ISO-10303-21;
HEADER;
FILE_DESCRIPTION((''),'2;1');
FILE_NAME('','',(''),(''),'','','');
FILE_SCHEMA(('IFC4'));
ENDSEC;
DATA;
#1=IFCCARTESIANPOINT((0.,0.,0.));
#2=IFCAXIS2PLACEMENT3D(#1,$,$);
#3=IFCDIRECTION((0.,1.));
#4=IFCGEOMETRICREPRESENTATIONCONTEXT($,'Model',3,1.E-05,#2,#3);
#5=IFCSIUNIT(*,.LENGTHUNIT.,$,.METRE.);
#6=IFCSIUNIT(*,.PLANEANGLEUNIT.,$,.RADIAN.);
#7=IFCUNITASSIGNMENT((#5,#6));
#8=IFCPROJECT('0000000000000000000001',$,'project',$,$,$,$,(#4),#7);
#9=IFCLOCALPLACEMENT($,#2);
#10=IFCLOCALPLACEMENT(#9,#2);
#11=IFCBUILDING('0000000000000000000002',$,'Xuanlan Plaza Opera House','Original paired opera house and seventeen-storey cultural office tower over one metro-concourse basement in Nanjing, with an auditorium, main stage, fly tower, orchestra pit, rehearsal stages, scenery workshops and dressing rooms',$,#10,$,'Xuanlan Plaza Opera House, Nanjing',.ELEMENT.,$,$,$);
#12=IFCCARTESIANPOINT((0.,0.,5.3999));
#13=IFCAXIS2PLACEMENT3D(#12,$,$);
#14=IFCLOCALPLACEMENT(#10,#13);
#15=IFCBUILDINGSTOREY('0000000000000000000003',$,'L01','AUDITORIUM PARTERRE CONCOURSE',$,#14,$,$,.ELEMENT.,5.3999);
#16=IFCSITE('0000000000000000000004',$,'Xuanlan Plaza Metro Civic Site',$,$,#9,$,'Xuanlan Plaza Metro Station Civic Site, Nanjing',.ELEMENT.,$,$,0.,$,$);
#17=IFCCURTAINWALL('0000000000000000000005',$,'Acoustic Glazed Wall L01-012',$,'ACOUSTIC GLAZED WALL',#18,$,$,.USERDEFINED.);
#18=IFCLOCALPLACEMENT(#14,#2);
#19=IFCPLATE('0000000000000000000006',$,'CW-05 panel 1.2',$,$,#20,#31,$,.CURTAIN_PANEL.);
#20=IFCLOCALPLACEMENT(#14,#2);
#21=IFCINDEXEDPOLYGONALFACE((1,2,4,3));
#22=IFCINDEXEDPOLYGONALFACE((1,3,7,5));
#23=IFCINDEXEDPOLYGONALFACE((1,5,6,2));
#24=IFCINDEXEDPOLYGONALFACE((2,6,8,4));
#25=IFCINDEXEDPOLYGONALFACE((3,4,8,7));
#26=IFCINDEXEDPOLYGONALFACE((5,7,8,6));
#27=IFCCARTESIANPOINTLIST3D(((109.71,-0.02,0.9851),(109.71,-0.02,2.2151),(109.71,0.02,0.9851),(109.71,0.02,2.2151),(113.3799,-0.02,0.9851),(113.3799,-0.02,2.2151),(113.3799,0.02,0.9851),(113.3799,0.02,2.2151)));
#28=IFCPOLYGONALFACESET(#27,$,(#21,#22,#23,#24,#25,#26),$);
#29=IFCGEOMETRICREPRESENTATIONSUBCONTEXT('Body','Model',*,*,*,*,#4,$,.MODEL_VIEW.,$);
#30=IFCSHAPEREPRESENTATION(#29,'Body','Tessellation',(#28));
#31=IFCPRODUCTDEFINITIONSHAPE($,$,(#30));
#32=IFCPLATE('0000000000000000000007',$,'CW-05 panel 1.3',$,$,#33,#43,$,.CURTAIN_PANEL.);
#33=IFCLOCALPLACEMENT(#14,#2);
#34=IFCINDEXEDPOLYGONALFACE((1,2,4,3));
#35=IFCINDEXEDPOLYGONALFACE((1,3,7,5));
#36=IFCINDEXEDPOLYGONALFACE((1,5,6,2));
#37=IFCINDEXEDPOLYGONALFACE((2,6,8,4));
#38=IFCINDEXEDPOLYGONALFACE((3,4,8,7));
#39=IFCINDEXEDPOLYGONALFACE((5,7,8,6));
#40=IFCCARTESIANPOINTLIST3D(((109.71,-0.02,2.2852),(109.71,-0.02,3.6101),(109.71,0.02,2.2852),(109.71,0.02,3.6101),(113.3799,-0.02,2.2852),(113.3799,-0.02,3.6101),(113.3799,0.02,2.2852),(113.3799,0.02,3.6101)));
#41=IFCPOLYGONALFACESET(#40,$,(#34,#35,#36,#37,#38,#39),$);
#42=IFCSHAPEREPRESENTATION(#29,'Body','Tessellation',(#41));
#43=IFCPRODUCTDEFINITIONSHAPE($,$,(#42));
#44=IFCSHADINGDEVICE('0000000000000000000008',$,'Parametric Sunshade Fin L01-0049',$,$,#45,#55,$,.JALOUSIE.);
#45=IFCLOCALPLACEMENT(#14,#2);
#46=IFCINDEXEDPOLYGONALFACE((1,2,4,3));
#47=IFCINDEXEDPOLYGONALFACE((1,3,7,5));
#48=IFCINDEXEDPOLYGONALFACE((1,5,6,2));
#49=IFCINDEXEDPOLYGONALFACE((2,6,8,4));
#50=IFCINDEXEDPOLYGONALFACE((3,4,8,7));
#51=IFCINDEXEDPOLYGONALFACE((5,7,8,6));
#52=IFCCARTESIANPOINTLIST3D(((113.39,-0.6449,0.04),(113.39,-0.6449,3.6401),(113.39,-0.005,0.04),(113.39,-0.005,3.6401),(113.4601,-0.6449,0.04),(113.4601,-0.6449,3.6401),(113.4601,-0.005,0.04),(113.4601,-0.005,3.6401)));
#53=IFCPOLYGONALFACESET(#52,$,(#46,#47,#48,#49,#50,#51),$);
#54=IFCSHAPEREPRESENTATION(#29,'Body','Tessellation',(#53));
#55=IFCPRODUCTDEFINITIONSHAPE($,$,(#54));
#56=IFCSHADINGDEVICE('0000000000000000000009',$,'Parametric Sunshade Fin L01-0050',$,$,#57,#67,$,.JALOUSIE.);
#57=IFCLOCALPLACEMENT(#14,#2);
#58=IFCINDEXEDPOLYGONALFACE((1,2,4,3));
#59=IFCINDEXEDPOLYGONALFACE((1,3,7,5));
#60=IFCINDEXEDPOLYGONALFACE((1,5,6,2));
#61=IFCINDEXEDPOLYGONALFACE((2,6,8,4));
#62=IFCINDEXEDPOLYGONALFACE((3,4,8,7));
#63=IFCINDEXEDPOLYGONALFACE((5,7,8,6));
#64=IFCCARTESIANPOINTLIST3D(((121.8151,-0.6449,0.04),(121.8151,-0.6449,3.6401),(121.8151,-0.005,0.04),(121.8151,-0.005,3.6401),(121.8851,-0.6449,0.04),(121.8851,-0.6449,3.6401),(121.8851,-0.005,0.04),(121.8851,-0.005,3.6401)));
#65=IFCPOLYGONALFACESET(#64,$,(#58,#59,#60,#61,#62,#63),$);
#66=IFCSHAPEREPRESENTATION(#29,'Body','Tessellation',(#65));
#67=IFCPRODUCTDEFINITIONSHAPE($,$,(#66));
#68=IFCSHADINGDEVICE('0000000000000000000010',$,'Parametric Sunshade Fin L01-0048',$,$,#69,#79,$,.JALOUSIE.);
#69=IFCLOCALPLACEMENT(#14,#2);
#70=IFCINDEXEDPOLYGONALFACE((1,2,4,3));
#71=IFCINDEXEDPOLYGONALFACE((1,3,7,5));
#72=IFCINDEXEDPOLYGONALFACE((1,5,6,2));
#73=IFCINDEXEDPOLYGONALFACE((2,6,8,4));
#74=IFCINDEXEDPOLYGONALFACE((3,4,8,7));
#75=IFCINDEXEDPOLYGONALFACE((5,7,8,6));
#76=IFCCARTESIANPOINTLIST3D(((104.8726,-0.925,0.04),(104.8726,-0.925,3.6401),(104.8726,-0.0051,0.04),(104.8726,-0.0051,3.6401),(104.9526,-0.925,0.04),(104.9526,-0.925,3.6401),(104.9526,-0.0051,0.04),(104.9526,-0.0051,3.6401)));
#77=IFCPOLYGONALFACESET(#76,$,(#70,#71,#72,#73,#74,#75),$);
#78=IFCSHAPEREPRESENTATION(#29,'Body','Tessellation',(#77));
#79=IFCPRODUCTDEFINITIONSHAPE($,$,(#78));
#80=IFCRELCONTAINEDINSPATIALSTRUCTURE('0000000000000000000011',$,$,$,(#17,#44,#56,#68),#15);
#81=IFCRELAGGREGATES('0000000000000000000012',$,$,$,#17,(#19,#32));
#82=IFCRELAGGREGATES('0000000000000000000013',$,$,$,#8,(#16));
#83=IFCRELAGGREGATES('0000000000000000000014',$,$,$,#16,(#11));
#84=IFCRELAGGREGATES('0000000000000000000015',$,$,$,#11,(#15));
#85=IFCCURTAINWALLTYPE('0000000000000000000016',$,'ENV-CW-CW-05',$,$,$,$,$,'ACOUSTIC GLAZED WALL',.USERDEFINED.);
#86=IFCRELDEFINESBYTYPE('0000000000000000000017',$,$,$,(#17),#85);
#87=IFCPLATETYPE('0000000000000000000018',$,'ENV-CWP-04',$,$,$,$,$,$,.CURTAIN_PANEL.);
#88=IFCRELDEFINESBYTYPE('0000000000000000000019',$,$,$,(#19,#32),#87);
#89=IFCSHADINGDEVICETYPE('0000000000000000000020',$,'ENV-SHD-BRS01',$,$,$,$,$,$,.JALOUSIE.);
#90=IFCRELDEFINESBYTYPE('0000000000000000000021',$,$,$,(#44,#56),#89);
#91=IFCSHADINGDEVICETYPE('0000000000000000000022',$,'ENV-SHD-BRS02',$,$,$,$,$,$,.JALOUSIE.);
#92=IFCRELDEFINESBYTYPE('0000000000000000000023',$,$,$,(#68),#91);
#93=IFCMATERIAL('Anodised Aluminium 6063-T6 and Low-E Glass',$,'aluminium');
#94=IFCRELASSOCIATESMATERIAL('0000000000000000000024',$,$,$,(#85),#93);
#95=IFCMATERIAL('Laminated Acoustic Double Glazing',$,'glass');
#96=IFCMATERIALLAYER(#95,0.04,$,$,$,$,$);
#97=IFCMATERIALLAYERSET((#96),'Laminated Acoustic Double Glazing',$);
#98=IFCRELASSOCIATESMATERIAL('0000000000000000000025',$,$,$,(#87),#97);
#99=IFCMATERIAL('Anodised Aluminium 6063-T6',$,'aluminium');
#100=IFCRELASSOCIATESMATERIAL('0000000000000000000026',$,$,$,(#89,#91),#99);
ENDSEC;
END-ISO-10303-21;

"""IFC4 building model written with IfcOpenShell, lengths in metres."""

from ifc_helpers import new_model, si_unit, direction, frame, origin, origin_2d, place, context, subcontext, project, spatial, rectangle, extrude, material, layer, layer_set, type_object, element, aggregate, save


model = new_model("IFC4")

# Units and contexts
model_context = context("Model", 3, precision=1e-05, world=origin(), true_north=direction((0.0, 1.0)))
body_context = subcontext(model_context, "Body", "Model", "MODEL_VIEW")
ifc_project = project(units=[si_unit("LENGTHUNIT", "METRE"), si_unit("PLANEANGLEUNIT", "RADIAN")], contexts=[model_context])

# Site, building, storey
site_placement = place(None, origin())
site = spatial("IfcSite", under=ifc_project, at=site_placement, Name="Xuanlan Plaza Metro Civic Site", LongName="Xuanlan Plaza Metro Station Civic Site, Nanjing", CompositionType="ELEMENT", RefElevation=0.0)
building_placement = place(site_placement, origin())
building = spatial("IfcBuilding", under=site, at=building_placement, Name="Xuanlan Plaza Opera House", Description="Original paired opera house and seventeen-storey cultural office tower over one metro-concourse basement in Nanjing, with an auditorium, main stage, fly tower, orchestra pit, rehearsal stages, scenery workshops and dressing rooms", LongName="Xuanlan Plaza Opera House, Nanjing", CompositionType="ELEMENT")
storey_placement = place(building_placement, frame((0.0, 0.0, 5.3999)))
storey = spatial("IfcBuildingStorey", under=building, at=storey_placement, Name="L01", Description="AUDITORIUM PARTERRE CONCOURSE", CompositionType="ELEMENT", Elevation=5.3999)

# Curtain wall
ifc_material_1 = material(Name="Anodised Aluminium 6063-T6 and Low-E Glass", Category="aluminium")
ifc_material_2 = material(Name="Anodised Aluminium 6063-T6", Category="aluminium")
curtain_wall_type_1 = type_object("IfcCurtainWallType", Name="ENV-CW-CW-05", ElementType="ACOUSTIC GLAZED WALL", PredefinedType="USERDEFINED", material=ifc_material_1)
curtain_wall_1_placement = place(storey_placement, origin())
curtain_wall_1 = element("IfcCurtainWall", 1, at=curtain_wall_1_placement, inside=storey, type_object=curtain_wall_type_1, Name="Acoustic Glazed Wall L01-012", ObjectType="ACOUSTIC GLAZED WALL", PredefinedType="USERDEFINED")

# Plates
ifc_material_3 = material(Name="Laminated Acoustic Double Glazing", Category="glass")
ifc_layer_1 = layer(ifc_material_3, 0.04)
ifc_layer_set_1 = layer_set([ifc_layer_1], Name="Laminated Acoustic Double Glazing")
plate_type_1 = type_object("IfcPlateType", Name="ENV-CWP-04", PredefinedType="CURTAIN_PANEL", material=ifc_layer_set_1)
plate_1_placement = place(storey_placement, frame((111.5449, 0.0, 0.9851), z_axis=(0.0, 0.0, 1.0), x_axis=(1.0, 0.0, 0.0)))
plate_1 = element("IfcPlate", 2, at=plate_1_placement, type_object=plate_type_1, Name="CW-05 panel 1.2", PredefinedType="CURTAIN_PANEL", context=body_context, shape_type="SweptSolid", body=[
    extrude(rectangle(XDim=3.6699, YDim=0.04, at=origin_2d()), origin(), (0.0, 0.0, 1.0), 1.23),
])
plate_2_placement = place(storey_placement, frame((111.5449, 0.0, 2.2852), z_axis=(0.0, 0.0, 1.0), x_axis=(1.0, 0.0, 0.0)))
plate_2 = element("IfcPlate", 3, at=plate_2_placement, type_object=plate_type_1, Name="CW-05 panel 1.3", PredefinedType="CURTAIN_PANEL", context=body_context, shape_type="SweptSolid", body=[
    extrude(rectangle(XDim=3.6699, YDim=0.04, at=origin_2d()), origin(), (0.0, 0.0, 1.0), 1.325),
])
aggregate(curtain_wall_1, [plate_1, plate_2])

# Shading devices
shading_device_type_1 = type_object("IfcShadingDeviceType", Name="ENV-SHD-BRS01", PredefinedType="JALOUSIE", material=ifc_material_2)
for number, where, z_axis, x_axis, name in (
    (4, (113.425, -0.325, 0.04), (0.0, 0.0, 1.0), (0.0, -1.0, 0.0), "Parametric Sunshade Fin L01-0049"),
    (5, (121.8501, -0.325, 0.04), (0.0, 0.0, 1.0), (0.0, -1.0, 0.0), "Parametric Sunshade Fin L01-0050"),
):
    element("IfcShadingDevice", number, at=place(storey_placement, frame(where, z_axis=z_axis, x_axis=x_axis)), inside=storey, type_object=shading_device_type_1, Name=name, PredefinedType="JALOUSIE", context=body_context, shape_type="SweptSolid", body=[
        extrude(rectangle(XDim=0.6399, YDim=0.0701, at=origin_2d()), origin(), (0.0, 0.0, 1.0), 3.6001),
    ])
shading_device_type_2 = type_object("IfcShadingDeviceType", Name="ENV-SHD-BRS02", PredefinedType="JALOUSIE", material=ifc_material_2)
shading_device_placement = place(storey_placement, frame((104.9126, -0.4651, 0.04), z_axis=(0.0, 0.0, 1.0), x_axis=(0.0, -1.0, 0.0)))
element("IfcShadingDevice", 6, at=shading_device_placement, inside=storey, type_object=shading_device_type_2, Name="Parametric Sunshade Fin L01-0048", PredefinedType="JALOUSIE", context=body_context, shape_type="SweptSolid", body=[
    extrude(rectangle(XDim=0.9199, YDim=0.0801, at=origin_2d()), origin(), (0.0, 0.0, 1.0), 3.6001),
])

save(model, "model.ifc")
